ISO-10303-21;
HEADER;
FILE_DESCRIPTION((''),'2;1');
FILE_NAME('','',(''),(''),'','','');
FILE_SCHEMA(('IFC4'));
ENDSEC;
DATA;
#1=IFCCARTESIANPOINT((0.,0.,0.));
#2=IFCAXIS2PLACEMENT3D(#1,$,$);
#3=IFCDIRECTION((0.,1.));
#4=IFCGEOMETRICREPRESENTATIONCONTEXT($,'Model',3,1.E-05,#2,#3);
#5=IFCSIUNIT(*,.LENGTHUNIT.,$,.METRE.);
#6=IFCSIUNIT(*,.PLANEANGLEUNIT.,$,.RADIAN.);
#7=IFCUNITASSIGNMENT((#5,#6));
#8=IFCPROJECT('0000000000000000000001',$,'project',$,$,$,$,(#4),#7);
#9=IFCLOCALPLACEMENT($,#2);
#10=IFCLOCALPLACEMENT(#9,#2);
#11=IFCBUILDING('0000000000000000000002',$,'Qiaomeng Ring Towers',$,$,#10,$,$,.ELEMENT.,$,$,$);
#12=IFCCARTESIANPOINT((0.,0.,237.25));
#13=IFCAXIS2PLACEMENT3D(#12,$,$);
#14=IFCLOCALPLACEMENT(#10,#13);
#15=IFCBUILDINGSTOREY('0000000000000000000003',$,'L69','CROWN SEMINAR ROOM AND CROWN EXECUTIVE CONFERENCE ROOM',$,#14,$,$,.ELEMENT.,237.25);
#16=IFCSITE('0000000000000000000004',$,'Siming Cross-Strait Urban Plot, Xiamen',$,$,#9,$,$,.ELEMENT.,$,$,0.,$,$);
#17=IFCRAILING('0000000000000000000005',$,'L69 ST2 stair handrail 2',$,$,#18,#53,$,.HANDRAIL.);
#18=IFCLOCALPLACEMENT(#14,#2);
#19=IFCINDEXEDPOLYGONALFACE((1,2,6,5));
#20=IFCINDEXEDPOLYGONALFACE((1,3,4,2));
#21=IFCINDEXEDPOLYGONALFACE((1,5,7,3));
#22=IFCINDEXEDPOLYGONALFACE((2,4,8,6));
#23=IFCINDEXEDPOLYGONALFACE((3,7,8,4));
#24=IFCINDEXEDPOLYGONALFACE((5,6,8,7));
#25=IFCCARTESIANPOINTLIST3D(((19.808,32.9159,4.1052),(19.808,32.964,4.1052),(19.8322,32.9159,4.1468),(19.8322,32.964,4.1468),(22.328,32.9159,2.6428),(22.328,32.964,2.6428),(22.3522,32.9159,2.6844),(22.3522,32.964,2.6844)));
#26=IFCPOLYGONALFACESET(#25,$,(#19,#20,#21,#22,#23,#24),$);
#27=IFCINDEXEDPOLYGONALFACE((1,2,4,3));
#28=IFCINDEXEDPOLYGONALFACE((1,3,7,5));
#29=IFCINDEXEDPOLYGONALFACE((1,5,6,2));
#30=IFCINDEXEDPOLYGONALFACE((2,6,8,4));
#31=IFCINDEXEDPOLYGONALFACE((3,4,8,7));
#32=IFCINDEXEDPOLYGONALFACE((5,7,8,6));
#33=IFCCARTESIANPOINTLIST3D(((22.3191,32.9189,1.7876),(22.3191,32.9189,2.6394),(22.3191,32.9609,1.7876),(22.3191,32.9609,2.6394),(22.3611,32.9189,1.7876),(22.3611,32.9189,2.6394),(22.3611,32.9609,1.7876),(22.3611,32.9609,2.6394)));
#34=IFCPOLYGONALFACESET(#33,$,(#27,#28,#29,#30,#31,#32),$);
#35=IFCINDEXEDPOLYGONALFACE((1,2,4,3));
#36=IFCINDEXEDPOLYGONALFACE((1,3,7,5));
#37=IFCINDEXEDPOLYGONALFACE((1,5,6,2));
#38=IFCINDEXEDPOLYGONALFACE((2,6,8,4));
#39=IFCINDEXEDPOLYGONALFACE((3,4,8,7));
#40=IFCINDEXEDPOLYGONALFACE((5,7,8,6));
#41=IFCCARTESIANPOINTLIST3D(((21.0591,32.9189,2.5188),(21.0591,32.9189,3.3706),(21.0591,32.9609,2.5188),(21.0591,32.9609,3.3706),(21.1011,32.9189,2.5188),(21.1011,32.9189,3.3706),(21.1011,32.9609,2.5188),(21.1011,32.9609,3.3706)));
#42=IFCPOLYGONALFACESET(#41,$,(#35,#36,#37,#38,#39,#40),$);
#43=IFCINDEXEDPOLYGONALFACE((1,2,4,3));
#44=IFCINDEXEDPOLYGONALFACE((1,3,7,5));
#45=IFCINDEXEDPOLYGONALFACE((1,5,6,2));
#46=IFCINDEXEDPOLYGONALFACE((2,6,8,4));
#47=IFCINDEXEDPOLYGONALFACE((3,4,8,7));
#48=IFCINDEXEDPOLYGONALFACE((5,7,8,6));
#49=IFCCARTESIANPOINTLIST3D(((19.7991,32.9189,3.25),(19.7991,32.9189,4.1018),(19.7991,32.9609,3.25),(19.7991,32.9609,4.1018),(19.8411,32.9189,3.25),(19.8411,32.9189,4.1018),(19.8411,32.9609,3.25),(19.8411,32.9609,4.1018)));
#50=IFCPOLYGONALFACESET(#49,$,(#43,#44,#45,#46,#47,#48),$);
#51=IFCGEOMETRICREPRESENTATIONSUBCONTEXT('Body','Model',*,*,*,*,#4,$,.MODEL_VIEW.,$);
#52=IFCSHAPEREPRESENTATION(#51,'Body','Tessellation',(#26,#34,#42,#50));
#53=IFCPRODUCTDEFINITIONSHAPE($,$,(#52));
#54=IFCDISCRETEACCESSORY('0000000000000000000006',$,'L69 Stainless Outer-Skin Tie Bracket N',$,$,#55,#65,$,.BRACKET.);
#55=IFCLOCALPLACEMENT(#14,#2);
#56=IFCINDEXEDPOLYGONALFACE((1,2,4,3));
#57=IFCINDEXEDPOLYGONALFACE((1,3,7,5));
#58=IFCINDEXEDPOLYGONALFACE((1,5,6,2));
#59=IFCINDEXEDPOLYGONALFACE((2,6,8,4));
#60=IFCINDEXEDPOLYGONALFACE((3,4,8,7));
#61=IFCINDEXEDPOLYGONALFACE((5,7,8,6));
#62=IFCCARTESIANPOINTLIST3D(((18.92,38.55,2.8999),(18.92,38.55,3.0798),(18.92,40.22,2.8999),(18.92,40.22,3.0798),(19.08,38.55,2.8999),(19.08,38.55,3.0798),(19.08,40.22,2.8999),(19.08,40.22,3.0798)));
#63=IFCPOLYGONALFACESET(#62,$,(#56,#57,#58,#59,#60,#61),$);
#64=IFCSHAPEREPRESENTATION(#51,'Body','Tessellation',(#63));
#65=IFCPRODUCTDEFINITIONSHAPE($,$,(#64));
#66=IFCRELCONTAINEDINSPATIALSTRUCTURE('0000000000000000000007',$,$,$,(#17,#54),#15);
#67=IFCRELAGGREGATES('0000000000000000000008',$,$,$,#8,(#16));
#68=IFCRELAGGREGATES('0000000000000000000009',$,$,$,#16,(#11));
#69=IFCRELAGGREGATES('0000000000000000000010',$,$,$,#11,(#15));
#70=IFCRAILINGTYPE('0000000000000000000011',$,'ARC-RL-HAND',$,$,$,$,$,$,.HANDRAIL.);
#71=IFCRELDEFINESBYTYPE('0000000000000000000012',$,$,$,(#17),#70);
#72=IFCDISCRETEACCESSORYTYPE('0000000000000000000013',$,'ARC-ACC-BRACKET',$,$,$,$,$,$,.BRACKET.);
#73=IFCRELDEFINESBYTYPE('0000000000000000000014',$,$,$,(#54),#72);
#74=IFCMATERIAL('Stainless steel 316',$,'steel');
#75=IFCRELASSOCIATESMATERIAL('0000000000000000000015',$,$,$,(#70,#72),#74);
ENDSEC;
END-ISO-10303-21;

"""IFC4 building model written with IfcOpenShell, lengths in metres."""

from ifc_helpers import new_model, si_unit, direction, frame, origin, origin_2d, place, context, subcontext, project, spatial, rectangle, extrude, source, transform, mapped, material, type_object, element, save


model = new_model("IFC4")

# Units and contexts
model_context = context("Model", 3, precision=1e-05, world=origin(), true_north=direction((0.0, 1.0)))
body_context = subcontext(model_context, "Body", "Model", "MODEL_VIEW")
ifc_project = project(units=[si_unit("LENGTHUNIT", "METRE"), si_unit("PLANEANGLEUNIT", "RADIAN")], contexts=[model_context])

# Site, building, storey
site_placement = place(None, origin())
site = spatial("IfcSite", under=ifc_project, at=site_placement, Name="Siming Cross-Strait Urban Plot, Xiamen", CompositionType="ELEMENT", RefElevation=0.0)
building_placement = place(site_placement, origin())
building = spatial("IfcBuilding", under=site, at=building_placement, Name="Qiaomeng Ring Towers", CompositionType="ELEMENT")
storey_placement = place(building_placement, frame((0.0, 0.0, 237.25)))
storey = spatial("IfcBuildingStorey", under=building, at=storey_placement, Name="L69", Description="CROWN SEMINAR ROOM AND CROWN EXECUTIVE CONFERENCE ROOM", CompositionType="ELEMENT", Elevation=237.25)

# Railing
ifc_material_1 = material(Name="Stainless steel 316", Category="steel")
railing_type_1 = type_object("IfcRailingType", Name="ARC-RL-HAND", PredefinedType="HANDRAIL", material=ifc_material_1)
railing_1_placement = place(storey_placement, frame((22.3401, 32.9399, 1.7876)))
element("IfcRailing", 1, at=railing_1_placement, inside=storey, type_object=railing_type_1, Name="L69 ST2 stair handrail 2", PredefinedType="HANDRAIL", context=body_context, shape_type="SweptSolid", body=[
    extrude(rectangle(XDim=0.0481, YDim=0.0481, at=origin_2d()), frame((0.0, 0.0, 0.876), z_axis=(-0.864913, 0.0, 0.501921), x_axis=(0.0, -1.0, 0.0)), (0.0, 0.0, 1.0), 2.9136),
    extrude(rectangle(XDim=0.042, YDim=0.042, at=origin_2d()), origin(), (0.0, 0.0, 1.0), 0.8518),
    extrude(rectangle(XDim=0.042, YDim=0.042, at=origin_2d()), frame((-1.26, 0.0, 0.7312)), (0.0, 0.0, 1.0), 0.8518),
    extrude(rectangle(XDim=0.042, YDim=0.042, at=origin_2d()), frame((-2.52, 0.0, 1.4624)), (0.0, 0.0, 1.0), 0.8518),
])

# Discrete accessory
discrete_accessory_type = type_object("IfcDiscreteAccessoryType", Name="ARC-ACC-BRACKET", PredefinedType="BRACKET", material=ifc_material_1)
shared_shape_1 = source(origin(), body_context, "Body", "SweptSolid", [
    extrude(rectangle(XDim=0.1599, YDim=1.6699, at=origin_2d()), origin(), (0.0, 0.0, 1.0), 0.1799),
])
discrete_accessory_placement = place(storey_placement, frame((19.0, 39.385, 2.8999), z_axis=(0.0, 0.0, 1.0), x_axis=(1.0, 0.0, 0.0)))
element("IfcDiscreteAccessory", 2, at=discrete_accessory_placement, inside=storey, type_object=discrete_accessory_type, Name="L69 Stainless Outer-Skin Tie Bracket N", PredefinedType="BRACKET", context=body_context, shape_type="MappedRepresentation", body=[
    mapped(shared_shape_1, transform((0.0, 0.0, 0.0), x_axis=(1.0, 0.0, 0.0), y_axis=(0.0, 1.0, 0.0), z_axis=(0.0, 0.0, 1.0), scale=1.0)),
])

save(model, "model.ifc")
